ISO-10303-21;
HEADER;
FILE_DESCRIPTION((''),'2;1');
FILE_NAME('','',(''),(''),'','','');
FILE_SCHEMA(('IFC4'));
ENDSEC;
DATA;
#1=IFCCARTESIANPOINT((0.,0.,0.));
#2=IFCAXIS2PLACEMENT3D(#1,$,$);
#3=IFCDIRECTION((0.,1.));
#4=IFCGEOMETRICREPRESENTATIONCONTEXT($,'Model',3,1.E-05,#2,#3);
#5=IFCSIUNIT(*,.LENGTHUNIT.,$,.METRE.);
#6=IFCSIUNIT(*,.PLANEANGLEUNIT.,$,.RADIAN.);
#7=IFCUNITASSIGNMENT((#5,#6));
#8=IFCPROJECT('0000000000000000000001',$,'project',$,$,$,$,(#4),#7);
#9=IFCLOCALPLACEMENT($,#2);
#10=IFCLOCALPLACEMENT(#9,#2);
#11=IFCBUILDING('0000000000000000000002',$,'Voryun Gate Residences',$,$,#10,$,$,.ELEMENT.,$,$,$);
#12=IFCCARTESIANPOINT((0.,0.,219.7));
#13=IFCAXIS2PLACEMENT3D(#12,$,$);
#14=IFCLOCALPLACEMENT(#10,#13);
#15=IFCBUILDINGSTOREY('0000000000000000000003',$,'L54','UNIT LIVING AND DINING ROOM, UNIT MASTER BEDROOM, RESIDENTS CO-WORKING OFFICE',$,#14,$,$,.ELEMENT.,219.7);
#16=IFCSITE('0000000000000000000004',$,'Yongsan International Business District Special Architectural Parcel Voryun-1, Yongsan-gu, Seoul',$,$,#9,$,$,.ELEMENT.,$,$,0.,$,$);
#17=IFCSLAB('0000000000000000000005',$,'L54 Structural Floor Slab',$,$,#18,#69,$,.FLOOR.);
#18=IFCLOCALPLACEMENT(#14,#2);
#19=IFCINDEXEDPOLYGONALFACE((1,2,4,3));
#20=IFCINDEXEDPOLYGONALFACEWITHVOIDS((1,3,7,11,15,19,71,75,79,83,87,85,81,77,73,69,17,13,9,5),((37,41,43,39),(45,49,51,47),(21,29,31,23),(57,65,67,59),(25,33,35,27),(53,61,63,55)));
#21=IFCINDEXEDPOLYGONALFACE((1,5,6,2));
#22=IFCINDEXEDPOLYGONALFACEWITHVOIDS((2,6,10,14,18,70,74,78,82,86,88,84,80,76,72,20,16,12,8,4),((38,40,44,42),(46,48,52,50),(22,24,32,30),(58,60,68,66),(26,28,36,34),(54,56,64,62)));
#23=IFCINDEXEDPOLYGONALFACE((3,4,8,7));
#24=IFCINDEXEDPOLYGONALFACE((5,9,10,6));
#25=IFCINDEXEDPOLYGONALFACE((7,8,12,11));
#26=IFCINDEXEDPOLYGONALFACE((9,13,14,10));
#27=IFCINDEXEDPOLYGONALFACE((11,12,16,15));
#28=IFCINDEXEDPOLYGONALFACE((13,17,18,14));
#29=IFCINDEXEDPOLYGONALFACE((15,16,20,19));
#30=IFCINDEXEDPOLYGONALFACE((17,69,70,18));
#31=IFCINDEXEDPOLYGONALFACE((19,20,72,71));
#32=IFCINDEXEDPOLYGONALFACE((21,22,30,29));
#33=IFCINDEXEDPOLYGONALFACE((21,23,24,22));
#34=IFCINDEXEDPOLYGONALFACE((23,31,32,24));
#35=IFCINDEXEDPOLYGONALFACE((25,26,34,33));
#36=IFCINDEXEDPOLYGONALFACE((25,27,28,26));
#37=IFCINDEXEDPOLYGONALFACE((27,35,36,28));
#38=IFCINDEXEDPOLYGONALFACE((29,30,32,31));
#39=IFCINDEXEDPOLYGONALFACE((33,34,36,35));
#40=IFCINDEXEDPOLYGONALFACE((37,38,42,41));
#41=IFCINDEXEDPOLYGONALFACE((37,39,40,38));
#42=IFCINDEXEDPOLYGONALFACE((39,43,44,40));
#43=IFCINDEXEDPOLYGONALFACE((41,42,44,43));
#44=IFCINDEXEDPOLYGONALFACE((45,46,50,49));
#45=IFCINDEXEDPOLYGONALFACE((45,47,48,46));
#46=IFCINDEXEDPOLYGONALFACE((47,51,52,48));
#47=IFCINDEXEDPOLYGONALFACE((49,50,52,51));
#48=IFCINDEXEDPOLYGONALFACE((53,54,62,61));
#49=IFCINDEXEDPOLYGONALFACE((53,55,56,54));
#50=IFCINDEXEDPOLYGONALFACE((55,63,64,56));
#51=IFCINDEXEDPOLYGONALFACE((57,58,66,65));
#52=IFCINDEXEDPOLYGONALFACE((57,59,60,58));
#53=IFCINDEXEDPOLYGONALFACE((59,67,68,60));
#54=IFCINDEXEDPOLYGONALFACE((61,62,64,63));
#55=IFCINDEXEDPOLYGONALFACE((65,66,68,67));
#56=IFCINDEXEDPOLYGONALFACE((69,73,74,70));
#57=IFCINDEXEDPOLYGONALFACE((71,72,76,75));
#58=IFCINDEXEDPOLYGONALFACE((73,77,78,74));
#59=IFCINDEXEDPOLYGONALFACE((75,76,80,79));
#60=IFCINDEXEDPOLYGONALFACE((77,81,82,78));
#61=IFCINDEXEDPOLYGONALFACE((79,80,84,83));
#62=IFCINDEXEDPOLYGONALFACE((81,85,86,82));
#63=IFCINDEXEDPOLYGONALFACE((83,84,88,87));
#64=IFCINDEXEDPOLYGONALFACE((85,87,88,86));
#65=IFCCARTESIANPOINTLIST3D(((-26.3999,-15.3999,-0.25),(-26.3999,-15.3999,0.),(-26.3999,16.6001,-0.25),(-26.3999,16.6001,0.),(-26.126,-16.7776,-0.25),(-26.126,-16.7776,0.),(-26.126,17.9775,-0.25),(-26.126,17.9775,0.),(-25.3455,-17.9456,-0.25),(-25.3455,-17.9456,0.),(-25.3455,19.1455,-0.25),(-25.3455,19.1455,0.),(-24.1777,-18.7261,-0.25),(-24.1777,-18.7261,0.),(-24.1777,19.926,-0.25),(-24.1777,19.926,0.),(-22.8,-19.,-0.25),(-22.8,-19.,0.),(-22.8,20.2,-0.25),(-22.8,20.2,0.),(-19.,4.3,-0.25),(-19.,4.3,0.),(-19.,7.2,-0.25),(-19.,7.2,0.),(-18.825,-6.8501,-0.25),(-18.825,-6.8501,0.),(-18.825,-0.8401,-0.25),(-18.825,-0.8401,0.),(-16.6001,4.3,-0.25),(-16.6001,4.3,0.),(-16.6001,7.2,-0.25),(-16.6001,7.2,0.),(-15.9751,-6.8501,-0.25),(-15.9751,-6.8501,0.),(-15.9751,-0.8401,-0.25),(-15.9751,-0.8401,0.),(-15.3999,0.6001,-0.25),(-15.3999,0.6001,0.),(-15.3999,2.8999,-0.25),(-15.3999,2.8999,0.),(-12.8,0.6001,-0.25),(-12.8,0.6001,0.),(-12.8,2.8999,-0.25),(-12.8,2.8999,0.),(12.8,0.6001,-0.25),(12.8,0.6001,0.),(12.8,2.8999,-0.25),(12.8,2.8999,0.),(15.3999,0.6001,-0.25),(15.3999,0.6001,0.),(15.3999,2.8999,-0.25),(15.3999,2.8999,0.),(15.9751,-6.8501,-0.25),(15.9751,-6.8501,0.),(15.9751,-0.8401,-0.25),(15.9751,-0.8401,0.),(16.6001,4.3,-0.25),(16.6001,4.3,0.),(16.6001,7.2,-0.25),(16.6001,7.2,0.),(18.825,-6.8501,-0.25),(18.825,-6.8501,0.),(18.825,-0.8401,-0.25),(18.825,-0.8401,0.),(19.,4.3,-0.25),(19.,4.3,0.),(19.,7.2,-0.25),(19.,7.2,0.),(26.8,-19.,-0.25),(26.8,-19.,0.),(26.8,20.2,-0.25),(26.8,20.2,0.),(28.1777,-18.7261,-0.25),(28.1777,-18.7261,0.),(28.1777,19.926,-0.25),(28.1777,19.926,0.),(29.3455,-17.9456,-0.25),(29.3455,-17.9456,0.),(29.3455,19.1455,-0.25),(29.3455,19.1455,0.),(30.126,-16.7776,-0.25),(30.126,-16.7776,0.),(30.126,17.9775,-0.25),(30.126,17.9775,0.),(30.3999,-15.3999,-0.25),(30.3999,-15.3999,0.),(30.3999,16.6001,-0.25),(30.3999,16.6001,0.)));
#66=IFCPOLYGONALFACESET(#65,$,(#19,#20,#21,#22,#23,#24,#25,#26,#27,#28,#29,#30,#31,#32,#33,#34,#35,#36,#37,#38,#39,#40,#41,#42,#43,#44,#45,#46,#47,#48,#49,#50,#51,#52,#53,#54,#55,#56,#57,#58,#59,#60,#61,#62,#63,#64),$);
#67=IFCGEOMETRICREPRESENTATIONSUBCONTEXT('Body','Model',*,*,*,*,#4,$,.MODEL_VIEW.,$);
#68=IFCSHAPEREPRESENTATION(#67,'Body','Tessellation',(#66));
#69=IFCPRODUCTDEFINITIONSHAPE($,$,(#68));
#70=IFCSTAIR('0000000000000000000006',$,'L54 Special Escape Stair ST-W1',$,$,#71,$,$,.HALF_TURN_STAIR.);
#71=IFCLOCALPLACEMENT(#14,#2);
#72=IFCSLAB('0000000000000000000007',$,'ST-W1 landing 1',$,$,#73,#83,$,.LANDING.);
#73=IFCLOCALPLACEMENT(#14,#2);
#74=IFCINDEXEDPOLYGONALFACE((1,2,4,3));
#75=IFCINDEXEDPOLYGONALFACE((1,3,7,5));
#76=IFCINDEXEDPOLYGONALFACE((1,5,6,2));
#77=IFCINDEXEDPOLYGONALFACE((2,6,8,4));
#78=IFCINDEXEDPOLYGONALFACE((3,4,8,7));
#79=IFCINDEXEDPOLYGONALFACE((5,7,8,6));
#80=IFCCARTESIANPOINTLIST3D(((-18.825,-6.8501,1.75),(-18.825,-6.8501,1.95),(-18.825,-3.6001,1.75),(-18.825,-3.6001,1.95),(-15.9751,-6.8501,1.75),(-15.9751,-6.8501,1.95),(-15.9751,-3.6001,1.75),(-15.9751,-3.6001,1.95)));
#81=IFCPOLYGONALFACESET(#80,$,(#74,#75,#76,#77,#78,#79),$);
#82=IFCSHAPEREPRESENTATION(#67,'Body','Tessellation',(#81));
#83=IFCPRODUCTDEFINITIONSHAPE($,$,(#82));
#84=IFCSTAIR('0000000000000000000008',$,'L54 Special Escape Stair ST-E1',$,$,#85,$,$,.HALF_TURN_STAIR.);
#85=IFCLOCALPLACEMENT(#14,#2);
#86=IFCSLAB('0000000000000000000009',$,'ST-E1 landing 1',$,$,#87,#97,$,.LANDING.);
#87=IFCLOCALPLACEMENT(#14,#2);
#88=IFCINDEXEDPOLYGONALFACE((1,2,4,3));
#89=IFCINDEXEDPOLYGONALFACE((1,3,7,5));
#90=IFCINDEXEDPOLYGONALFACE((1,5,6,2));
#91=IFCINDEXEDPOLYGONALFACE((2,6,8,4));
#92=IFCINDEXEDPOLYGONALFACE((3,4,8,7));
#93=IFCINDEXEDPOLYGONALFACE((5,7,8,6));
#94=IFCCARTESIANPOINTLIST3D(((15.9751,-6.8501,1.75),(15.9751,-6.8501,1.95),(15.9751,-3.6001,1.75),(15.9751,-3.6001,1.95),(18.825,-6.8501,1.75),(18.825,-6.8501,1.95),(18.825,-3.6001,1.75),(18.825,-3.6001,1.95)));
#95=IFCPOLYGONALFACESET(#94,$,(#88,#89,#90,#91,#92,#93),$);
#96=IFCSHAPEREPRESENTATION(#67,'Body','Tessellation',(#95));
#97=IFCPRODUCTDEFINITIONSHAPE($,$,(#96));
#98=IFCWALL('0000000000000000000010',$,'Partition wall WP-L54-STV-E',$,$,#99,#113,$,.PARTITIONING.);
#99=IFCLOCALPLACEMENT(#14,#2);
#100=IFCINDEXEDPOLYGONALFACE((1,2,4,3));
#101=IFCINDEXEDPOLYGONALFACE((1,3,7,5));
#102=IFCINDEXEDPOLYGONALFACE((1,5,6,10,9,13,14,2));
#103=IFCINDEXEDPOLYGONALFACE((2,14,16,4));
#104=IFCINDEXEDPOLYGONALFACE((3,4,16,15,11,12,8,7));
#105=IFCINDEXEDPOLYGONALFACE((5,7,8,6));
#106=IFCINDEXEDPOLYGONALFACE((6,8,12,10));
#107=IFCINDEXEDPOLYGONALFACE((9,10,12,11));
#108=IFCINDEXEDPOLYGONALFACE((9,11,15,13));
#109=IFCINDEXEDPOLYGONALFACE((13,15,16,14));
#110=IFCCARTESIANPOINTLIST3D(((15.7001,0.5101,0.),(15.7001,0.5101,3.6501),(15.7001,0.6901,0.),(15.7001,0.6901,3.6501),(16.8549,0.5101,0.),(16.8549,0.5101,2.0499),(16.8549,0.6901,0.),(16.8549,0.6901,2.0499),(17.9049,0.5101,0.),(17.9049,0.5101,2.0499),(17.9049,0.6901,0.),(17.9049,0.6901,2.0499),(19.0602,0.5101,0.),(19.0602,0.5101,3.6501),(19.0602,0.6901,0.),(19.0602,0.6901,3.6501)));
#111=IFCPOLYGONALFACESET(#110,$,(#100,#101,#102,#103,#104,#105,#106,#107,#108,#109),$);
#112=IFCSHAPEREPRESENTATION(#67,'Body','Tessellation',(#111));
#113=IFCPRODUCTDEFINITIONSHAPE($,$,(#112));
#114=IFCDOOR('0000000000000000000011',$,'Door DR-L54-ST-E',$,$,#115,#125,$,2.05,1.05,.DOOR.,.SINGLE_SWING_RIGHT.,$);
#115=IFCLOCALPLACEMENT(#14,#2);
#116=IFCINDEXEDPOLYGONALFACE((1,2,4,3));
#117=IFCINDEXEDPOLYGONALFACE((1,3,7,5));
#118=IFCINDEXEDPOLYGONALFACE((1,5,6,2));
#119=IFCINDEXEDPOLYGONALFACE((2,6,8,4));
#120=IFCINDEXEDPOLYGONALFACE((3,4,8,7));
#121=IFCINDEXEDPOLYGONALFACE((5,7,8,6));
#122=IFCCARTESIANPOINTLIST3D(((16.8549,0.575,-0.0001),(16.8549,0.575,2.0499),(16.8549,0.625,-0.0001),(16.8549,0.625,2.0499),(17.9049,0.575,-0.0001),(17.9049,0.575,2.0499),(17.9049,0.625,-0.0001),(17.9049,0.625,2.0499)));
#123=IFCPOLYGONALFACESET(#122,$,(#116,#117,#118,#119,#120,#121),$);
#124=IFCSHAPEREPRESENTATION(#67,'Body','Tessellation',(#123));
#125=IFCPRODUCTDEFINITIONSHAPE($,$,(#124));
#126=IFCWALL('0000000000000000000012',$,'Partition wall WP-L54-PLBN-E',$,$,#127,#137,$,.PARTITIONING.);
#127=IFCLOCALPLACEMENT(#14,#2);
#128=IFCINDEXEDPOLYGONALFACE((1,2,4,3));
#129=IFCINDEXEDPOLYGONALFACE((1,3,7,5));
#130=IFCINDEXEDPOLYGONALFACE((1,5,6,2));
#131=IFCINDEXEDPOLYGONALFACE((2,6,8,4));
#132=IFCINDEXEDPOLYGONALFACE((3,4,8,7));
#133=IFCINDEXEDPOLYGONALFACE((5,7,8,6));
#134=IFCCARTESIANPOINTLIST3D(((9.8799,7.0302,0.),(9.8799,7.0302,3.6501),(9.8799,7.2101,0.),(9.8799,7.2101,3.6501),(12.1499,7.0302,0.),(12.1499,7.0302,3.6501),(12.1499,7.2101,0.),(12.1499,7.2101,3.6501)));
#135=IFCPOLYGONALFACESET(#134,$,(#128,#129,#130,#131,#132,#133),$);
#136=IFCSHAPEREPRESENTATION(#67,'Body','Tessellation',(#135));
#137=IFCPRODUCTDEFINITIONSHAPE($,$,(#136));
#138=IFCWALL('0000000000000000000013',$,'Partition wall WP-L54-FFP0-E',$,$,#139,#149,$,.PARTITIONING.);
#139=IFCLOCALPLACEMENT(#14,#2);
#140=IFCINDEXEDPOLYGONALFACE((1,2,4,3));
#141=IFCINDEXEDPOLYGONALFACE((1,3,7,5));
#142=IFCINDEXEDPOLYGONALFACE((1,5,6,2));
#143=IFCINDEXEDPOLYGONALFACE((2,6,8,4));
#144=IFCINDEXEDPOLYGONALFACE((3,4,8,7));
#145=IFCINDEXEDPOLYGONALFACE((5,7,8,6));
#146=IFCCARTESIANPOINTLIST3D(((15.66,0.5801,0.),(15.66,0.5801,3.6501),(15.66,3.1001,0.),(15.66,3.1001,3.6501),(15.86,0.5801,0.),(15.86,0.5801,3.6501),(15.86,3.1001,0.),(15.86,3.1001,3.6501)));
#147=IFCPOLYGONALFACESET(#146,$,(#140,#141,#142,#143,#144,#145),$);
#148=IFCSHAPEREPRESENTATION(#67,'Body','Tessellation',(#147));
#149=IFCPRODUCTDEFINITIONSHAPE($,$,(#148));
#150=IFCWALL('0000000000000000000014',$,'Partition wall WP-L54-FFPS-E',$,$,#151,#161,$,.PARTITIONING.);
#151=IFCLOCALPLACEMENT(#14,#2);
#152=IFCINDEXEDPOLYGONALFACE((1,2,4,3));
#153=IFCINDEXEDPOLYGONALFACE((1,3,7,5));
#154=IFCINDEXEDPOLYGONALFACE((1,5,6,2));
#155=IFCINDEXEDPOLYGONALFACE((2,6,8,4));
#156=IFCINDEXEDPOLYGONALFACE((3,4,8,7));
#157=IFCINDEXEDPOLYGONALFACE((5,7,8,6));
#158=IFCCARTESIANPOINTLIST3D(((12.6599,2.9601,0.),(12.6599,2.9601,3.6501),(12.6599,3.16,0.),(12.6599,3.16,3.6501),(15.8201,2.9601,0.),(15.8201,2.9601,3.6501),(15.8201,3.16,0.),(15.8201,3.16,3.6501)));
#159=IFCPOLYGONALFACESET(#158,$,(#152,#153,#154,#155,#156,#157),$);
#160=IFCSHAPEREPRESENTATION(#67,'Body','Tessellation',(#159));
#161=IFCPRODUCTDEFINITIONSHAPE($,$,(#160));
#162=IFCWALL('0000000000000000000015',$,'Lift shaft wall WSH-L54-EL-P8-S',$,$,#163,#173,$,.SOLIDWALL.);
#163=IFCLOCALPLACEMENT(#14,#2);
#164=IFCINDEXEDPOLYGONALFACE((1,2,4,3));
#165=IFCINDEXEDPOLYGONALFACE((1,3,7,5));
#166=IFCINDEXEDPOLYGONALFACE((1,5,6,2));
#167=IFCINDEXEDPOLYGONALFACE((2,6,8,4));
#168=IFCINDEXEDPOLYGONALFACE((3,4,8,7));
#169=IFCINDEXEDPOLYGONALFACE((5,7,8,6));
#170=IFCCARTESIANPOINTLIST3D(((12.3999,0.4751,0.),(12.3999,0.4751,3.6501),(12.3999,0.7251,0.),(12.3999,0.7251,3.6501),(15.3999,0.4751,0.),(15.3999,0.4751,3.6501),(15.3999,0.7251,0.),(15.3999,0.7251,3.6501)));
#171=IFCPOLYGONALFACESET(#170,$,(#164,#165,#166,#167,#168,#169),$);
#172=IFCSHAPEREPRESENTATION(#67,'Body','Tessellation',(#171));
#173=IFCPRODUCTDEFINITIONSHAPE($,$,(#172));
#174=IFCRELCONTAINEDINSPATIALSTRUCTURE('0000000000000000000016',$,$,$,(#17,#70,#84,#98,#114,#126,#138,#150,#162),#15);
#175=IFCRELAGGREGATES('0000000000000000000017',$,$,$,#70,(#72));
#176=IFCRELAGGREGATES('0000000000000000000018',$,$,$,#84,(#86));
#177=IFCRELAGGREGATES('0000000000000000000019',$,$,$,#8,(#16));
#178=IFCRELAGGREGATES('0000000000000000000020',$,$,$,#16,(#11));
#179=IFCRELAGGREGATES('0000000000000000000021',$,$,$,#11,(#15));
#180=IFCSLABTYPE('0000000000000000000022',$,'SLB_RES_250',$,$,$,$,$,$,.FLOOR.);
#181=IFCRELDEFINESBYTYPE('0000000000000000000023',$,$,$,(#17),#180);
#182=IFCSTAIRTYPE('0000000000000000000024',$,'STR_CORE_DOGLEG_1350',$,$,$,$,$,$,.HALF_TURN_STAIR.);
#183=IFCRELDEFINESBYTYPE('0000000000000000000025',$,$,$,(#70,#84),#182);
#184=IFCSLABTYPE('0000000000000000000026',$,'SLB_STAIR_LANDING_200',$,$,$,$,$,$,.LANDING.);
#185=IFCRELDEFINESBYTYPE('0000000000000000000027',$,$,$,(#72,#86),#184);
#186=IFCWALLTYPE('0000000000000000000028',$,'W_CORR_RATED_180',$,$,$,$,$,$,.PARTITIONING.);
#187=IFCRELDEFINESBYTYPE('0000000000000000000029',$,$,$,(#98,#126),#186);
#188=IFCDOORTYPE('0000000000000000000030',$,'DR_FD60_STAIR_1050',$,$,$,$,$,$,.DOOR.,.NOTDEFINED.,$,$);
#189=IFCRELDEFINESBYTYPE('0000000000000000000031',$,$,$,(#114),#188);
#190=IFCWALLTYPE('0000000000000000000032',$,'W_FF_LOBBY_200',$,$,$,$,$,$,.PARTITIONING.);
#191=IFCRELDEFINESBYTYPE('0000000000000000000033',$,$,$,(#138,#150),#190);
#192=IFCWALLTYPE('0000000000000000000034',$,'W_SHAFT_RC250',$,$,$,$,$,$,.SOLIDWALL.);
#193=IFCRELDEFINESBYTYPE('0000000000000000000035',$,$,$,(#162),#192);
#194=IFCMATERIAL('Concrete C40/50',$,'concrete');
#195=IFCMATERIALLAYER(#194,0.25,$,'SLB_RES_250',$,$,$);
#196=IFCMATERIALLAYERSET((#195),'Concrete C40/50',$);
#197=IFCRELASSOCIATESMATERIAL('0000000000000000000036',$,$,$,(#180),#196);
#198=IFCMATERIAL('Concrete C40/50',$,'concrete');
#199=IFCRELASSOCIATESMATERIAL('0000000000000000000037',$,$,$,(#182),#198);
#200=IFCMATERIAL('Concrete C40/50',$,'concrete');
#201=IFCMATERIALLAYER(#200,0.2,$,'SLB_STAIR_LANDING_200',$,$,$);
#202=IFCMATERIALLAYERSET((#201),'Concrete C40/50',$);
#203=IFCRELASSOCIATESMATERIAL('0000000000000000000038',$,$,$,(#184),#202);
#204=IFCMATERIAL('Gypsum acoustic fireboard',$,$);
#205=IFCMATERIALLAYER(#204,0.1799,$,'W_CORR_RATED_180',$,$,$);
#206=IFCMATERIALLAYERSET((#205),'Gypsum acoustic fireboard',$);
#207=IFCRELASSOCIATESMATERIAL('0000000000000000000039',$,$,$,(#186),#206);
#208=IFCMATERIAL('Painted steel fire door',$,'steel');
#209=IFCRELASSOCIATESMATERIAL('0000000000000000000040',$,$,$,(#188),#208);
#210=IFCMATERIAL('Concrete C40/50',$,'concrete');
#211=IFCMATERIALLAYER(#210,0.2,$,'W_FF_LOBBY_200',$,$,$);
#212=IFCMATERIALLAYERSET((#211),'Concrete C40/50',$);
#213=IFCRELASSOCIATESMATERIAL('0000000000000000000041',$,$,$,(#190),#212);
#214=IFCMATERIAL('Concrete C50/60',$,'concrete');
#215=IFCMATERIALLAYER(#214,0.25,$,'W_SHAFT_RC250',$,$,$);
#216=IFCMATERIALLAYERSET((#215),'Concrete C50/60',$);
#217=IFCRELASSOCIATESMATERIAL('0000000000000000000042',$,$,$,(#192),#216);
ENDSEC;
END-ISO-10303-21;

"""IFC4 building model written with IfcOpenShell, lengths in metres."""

from ifc_helpers import new_model, si_unit, direction, frame, frame_2d, origin, place, context, subcontext, project, spatial, polyline, rectangle, outline, extrude, material, layer, layer_set, type_object, element, fill, aggregate, save


model = new_model("IFC4")

# Units and contexts
model_context = context("Model", 3, precision=1e-05, world=origin(), true_north=direction((0.0, 1.0)))
body_context = subcontext(model_context, "Body", "Model", "MODEL_VIEW")
ifc_project = project(units=[si_unit("LENGTHUNIT", "METRE"), si_unit("PLANEANGLEUNIT", "RADIAN")], contexts=[model_context])

# Site, building, storey
site_placement = place(None, origin())
site = spatial("IfcSite", under=ifc_project, at=site_placement, Name="Yongsan International Business District Special Architectural Parcel Voryun-1, Yongsan-gu, Seoul", CompositionType="ELEMENT", RefElevation=0.0)
building_placement = place(site_placement, origin())
building = spatial("IfcBuilding", under=site, at=building_placement, Name="Voryun Gate Residences", CompositionType="ELEMENT")
storey_placement = place(building_placement, frame((0.0, 0.0, 219.7)))
storey = spatial("IfcBuildingStorey", under=building, at=storey_placement, Name="L54", Description="UNIT LIVING AND DINING ROOM, UNIT MASTER BEDROOM, RESIDENTS CO-WORKING OFFICE", CompositionType="ELEMENT", Elevation=219.7)

# Slab
ifc_material_1 = material(Name="Concrete C40/50", Category="concrete")
ifc_layer_1 = layer(ifc_material_1, 0.25, Name="SLB_RES_250")
ifc_layer_set_1 = layer_set([ifc_layer_1], Name="Concrete C40/50")
slab_type_1 = type_object("IfcSlabType", Name="SLB_RES_250", PredefinedType="FLOOR", material=ifc_layer_set_1)
slab_1_placement = place(storey_placement, frame((0.0, 0.0, -0.25)))
element("IfcSlab", 1, at=slab_1_placement, inside=storey, type_object=slab_type_1, Name="L54 Structural Floor Slab", PredefinedType="FLOOR", context=body_context, shape_type="SweptSolid", body=[
    extrude(outline(polyline([(-22.8, -19.0), (-24.1777, -18.7261), (-25.3455, -17.9456), (-26.126, -16.7776), (-26.3999, -15.3999), (-26.3999, 16.6001), (-26.126, 17.9775), (-25.3455, 19.1455), (-24.1777, 19.926), (-22.8, 20.2), (26.8, 20.2), (28.1777, 19.926), (29.3455, 19.1455), (30.126, 17.9775), (30.3999, 16.6001), (30.3999, -15.3999), (30.126, -16.7776), (29.3455, -17.9456), (28.1777, -18.7261), (26.8, -19.0), (-22.8, -19.0)]), holes=[polyline([(-15.9751, -0.8401), (-18.825, -0.8401), (-18.825, -6.8501), (-15.9751, -6.8501), (-15.9751, -0.8401)]), polyline([(18.825, -6.8501), (18.825, -0.8401), (15.9751, -0.8401), (15.9751, -6.8501), (18.825, -6.8501)]), polyline([(-12.8, 2.8999), (-15.3999, 2.8999), (-15.3999, 0.6001), (-12.8, 0.6001), (-12.8, 2.8999)]), polyline([(12.8, 2.8999), (12.8, 0.6001), (15.3999, 0.6001), (15.3999, 2.8999), (12.8, 2.8999)]), polyline([(-16.6001, 7.2), (-19.0, 7.2), (-19.0, 4.3), (-16.6001, 4.3), (-16.6001, 7.2)]), polyline([(19.0, 7.2), (16.6001, 7.2), (16.6001, 4.3), (19.0, 4.3), (19.0, 7.2)])]), origin(), (0.0, 0.0, 1.0), 0.25),
])

# Stairs, slabs
ifc_material_2 = material(Name="Concrete C40/50", Category="concrete")
stair_type = type_object("IfcStairType", Name="STR_CORE_DOGLEG_1350", PredefinedType="HALF_TURN_STAIR", material=ifc_material_2)
stair_1_placement = place(storey_placement, origin())
stair_1 = element("IfcStair", 2, at=stair_1_placement, inside=storey, type_object=stair_type, Name="L54 Special Escape Stair ST-W1", PredefinedType="HALF_TURN_STAIR")
ifc_material_3 = material(Name="Concrete C40/50", Category="concrete")
ifc_layer_2 = layer(ifc_material_3, 0.2, Name="SLB_STAIR_LANDING_200")
ifc_layer_set_2 = layer_set([ifc_layer_2], Name="Concrete C40/50")
slab_type_2 = type_object("IfcSlabType", Name="SLB_STAIR_LANDING_200", PredefinedType="LANDING", material=ifc_layer_set_2)
slab_2_placement = place(storey_placement, frame((0.0, 0.0, 1.75)))
slab_2 = element("IfcSlab", 3, at=slab_2_placement, type_object=slab_type_2, Name="ST-W1 landing 1", PredefinedType="LANDING", context=body_context, shape_type="SweptSolid", body=[
    extrude(outline(polyline([(-18.825, -3.6001), (-18.825, -6.8501), (-15.9751, -6.8501), (-15.9751, -3.6001), (-18.825, -3.6001)])), origin(), (0.0, 0.0, 1.0), 0.2),
])
aggregate(stair_1, [slab_2])
stair_2_placement = place(storey_placement, origin())
stair_2 = element("IfcStair", 4, at=stair_2_placement, inside=storey, type_object=stair_type, Name="L54 Special Escape Stair ST-E1", PredefinedType="HALF_TURN_STAIR")
slab_3_placement = place(storey_placement, frame((0.0, 0.0, 1.75)))
slab_3 = element("IfcSlab", 5, at=slab_3_placement, type_object=slab_type_2, Name="ST-E1 landing 1", PredefinedType="LANDING", context=body_context, shape_type="SweptSolid", body=[
    extrude(outline(polyline([(15.9751, -3.6001), (15.9751, -6.8501), (18.825, -6.8501), (18.825, -3.6001), (15.9751, -3.6001)])), origin(), (0.0, 0.0, 1.0), 0.2),
])
aggregate(stair_2, [slab_3])

# Wall, opening, door
ifc_material_4 = material(Name="Gypsum acoustic fireboard")
ifc_layer_3 = layer(ifc_material_4, 0.1799, Name="W_CORR_RATED_180")
ifc_layer_set_3 = layer_set([ifc_layer_3], Name="Gypsum acoustic fireboard")
wall_type_1 = type_object("IfcWallType", Name="W_CORR_RATED_180", PredefinedType="PARTITIONING", material=ifc_layer_set_3)
wall_1_placement = place(storey_placement, frame((15.7, 0.6001, 0.0), z_axis=(0.0, 0.0, 1.0), x_axis=(1.0, 0.0, 0.0)))
wall_1 = element("IfcWall", 6, at=wall_1_placement, inside=storey, type_object=wall_type_1, Name="Partition wall WP-L54-STV-E", PredefinedType="PARTITIONING", context=body_context, shape_type="SweptSolid", body=[
    extrude(rectangle(XDim=3.3601, YDim=0.1799, at=frame_2d((1.6802, 0.0))), origin(), (0.0, 0.0, 1.0), 3.6501),
])
opening_placement = place(wall_1_placement, frame((1.155, 0.0, 0.0)))
opening = element("IfcOpeningElement", 7, at=opening_placement, cuts=wall_1, PredefinedType="OPENING", context=body_context, shape_type="SweptSolid", body=[
    extrude(rectangle(XDim=1.05, YDim=2.05, at=frame_2d((0.5249, 1.0249))), frame((0.0, 0.0999, 0.0), z_axis=(0.0, -1.0, 0.0), x_axis=(1.0, 0.0, 0.0)), (0.0, 0.0, 1.0), 0.2),
])
ifc_material_5 = material(Name="Painted steel fire door", Category="steel")
door_type = type_object("IfcDoorType", Name="DR_FD60_STAIR_1050", OperationType="NOTDEFINED", PredefinedType="DOOR", material=ifc_material_5)
door_placement = place(opening_placement, origin())
door = element("IfcDoor", 8, at=door_placement, inside=storey, type_object=door_type, Name="Door DR-L54-ST-E", OperationType="SINGLE_SWING_RIGHT", OverallHeight=2.05, OverallWidth=1.05, PredefinedType="DOOR", context=body_context, shape_type="SweptSolid", body=[
    extrude(rectangle(XDim=1.05, YDim=2.05, at=frame_2d((0.5249, 1.0249))), frame((0.0, 0.0249, 0.0), z_axis=(0.0, -1.0, 0.0), x_axis=(1.0, 0.0, 0.0)), (0.0, 0.0, 1.0), 0.05),
])
fill(opening, door)

# Walls
wall_2_placement = place(storey_placement, frame((9.8799, 7.1201, 0.0), z_axis=(0.0, 0.0, 1.0), x_axis=(1.0, 0.0, 0.0)))
element("IfcWall", 9, at=wall_2_placement, inside=storey, type_object=wall_type_1, Name="Partition wall WP-L54-PLBN-E", PredefinedType="PARTITIONING", context=body_context, shape_type="SweptSolid", body=[
    extrude(rectangle(XDim=2.27, YDim=0.1799, at=frame_2d((1.135, 0.0))), origin(), (0.0, 0.0, 1.0), 3.6501),
])
ifc_material_6 = material(Name="Concrete C40/50", Category="concrete")
ifc_layer_4 = layer(ifc_material_6, 0.2, Name="W_FF_LOBBY_200")
ifc_layer_set_4 = layer_set([ifc_layer_4], Name="Concrete C40/50")
wall_type_2 = type_object("IfcWallType", Name="W_FF_LOBBY_200", PredefinedType="PARTITIONING", material=ifc_layer_set_4)
wall_3_placement = place(storey_placement, frame((15.76, 0.5801, 0.0), z_axis=(0.0, 0.0, 1.0), x_axis=(0.0, 1.0, 0.0)))
element("IfcWall", 10, at=wall_3_placement, inside=storey, type_object=wall_type_2, Name="Partition wall WP-L54-FFP0-E", PredefinedType="PARTITIONING", context=body_context, shape_type="SweptSolid", body=[
    extrude(rectangle(XDim=2.52, YDim=0.2, at=frame_2d((1.26, 0.0))), origin(), (0.0, 0.0, 1.0), 3.6501),
])
wall_4_placement = place(storey_placement, frame((12.6599, 3.0601, 0.0), z_axis=(0.0, 0.0, 1.0), x_axis=(1.0, 0.0, 0.0)))
element("IfcWall", 11, at=wall_4_placement, inside=storey, type_object=wall_type_2, Name="Partition wall WP-L54-FFPS-E", PredefinedType="PARTITIONING", context=body_context, shape_type="SweptSolid", body=[
    extrude(rectangle(XDim=3.1602, YDim=0.2, at=frame_2d((1.5801, 0.0))), origin(), (0.0, 0.0, 1.0), 3.6501),
])
ifc_material_7 = material(Name="Concrete C50/60", Category="concrete")
ifc_layer_5 = layer(ifc_material_7, 0.25, Name="W_SHAFT_RC250")
ifc_layer_set_5 = layer_set([ifc_layer_5], Name="Concrete C50/60")
wall_type_3 = type_object("IfcWallType", Name="W_SHAFT_RC250", PredefinedType="SOLIDWALL", material=ifc_layer_set_5)
wall_5_placement = place(storey_placement, frame((12.3999, 0.6001, 0.0), z_axis=(0.0, 0.0, 1.0), x_axis=(1.0, 0.0, 0.0)))
element("IfcWall", 12, at=wall_5_placement, inside=storey, type_object=wall_type_3, Name="Lift shaft wall WSH-L54-EL-P8-S", PredefinedType="SOLIDWALL", context=body_context, shape_type="SweptSolid", body=[
    extrude(rectangle(XDim=3.0, YDim=0.25, at=frame_2d((1.5, 0.0))), origin(), (0.0, 0.0, 1.0), 3.6501),
])

save(model, "model.ifc")
